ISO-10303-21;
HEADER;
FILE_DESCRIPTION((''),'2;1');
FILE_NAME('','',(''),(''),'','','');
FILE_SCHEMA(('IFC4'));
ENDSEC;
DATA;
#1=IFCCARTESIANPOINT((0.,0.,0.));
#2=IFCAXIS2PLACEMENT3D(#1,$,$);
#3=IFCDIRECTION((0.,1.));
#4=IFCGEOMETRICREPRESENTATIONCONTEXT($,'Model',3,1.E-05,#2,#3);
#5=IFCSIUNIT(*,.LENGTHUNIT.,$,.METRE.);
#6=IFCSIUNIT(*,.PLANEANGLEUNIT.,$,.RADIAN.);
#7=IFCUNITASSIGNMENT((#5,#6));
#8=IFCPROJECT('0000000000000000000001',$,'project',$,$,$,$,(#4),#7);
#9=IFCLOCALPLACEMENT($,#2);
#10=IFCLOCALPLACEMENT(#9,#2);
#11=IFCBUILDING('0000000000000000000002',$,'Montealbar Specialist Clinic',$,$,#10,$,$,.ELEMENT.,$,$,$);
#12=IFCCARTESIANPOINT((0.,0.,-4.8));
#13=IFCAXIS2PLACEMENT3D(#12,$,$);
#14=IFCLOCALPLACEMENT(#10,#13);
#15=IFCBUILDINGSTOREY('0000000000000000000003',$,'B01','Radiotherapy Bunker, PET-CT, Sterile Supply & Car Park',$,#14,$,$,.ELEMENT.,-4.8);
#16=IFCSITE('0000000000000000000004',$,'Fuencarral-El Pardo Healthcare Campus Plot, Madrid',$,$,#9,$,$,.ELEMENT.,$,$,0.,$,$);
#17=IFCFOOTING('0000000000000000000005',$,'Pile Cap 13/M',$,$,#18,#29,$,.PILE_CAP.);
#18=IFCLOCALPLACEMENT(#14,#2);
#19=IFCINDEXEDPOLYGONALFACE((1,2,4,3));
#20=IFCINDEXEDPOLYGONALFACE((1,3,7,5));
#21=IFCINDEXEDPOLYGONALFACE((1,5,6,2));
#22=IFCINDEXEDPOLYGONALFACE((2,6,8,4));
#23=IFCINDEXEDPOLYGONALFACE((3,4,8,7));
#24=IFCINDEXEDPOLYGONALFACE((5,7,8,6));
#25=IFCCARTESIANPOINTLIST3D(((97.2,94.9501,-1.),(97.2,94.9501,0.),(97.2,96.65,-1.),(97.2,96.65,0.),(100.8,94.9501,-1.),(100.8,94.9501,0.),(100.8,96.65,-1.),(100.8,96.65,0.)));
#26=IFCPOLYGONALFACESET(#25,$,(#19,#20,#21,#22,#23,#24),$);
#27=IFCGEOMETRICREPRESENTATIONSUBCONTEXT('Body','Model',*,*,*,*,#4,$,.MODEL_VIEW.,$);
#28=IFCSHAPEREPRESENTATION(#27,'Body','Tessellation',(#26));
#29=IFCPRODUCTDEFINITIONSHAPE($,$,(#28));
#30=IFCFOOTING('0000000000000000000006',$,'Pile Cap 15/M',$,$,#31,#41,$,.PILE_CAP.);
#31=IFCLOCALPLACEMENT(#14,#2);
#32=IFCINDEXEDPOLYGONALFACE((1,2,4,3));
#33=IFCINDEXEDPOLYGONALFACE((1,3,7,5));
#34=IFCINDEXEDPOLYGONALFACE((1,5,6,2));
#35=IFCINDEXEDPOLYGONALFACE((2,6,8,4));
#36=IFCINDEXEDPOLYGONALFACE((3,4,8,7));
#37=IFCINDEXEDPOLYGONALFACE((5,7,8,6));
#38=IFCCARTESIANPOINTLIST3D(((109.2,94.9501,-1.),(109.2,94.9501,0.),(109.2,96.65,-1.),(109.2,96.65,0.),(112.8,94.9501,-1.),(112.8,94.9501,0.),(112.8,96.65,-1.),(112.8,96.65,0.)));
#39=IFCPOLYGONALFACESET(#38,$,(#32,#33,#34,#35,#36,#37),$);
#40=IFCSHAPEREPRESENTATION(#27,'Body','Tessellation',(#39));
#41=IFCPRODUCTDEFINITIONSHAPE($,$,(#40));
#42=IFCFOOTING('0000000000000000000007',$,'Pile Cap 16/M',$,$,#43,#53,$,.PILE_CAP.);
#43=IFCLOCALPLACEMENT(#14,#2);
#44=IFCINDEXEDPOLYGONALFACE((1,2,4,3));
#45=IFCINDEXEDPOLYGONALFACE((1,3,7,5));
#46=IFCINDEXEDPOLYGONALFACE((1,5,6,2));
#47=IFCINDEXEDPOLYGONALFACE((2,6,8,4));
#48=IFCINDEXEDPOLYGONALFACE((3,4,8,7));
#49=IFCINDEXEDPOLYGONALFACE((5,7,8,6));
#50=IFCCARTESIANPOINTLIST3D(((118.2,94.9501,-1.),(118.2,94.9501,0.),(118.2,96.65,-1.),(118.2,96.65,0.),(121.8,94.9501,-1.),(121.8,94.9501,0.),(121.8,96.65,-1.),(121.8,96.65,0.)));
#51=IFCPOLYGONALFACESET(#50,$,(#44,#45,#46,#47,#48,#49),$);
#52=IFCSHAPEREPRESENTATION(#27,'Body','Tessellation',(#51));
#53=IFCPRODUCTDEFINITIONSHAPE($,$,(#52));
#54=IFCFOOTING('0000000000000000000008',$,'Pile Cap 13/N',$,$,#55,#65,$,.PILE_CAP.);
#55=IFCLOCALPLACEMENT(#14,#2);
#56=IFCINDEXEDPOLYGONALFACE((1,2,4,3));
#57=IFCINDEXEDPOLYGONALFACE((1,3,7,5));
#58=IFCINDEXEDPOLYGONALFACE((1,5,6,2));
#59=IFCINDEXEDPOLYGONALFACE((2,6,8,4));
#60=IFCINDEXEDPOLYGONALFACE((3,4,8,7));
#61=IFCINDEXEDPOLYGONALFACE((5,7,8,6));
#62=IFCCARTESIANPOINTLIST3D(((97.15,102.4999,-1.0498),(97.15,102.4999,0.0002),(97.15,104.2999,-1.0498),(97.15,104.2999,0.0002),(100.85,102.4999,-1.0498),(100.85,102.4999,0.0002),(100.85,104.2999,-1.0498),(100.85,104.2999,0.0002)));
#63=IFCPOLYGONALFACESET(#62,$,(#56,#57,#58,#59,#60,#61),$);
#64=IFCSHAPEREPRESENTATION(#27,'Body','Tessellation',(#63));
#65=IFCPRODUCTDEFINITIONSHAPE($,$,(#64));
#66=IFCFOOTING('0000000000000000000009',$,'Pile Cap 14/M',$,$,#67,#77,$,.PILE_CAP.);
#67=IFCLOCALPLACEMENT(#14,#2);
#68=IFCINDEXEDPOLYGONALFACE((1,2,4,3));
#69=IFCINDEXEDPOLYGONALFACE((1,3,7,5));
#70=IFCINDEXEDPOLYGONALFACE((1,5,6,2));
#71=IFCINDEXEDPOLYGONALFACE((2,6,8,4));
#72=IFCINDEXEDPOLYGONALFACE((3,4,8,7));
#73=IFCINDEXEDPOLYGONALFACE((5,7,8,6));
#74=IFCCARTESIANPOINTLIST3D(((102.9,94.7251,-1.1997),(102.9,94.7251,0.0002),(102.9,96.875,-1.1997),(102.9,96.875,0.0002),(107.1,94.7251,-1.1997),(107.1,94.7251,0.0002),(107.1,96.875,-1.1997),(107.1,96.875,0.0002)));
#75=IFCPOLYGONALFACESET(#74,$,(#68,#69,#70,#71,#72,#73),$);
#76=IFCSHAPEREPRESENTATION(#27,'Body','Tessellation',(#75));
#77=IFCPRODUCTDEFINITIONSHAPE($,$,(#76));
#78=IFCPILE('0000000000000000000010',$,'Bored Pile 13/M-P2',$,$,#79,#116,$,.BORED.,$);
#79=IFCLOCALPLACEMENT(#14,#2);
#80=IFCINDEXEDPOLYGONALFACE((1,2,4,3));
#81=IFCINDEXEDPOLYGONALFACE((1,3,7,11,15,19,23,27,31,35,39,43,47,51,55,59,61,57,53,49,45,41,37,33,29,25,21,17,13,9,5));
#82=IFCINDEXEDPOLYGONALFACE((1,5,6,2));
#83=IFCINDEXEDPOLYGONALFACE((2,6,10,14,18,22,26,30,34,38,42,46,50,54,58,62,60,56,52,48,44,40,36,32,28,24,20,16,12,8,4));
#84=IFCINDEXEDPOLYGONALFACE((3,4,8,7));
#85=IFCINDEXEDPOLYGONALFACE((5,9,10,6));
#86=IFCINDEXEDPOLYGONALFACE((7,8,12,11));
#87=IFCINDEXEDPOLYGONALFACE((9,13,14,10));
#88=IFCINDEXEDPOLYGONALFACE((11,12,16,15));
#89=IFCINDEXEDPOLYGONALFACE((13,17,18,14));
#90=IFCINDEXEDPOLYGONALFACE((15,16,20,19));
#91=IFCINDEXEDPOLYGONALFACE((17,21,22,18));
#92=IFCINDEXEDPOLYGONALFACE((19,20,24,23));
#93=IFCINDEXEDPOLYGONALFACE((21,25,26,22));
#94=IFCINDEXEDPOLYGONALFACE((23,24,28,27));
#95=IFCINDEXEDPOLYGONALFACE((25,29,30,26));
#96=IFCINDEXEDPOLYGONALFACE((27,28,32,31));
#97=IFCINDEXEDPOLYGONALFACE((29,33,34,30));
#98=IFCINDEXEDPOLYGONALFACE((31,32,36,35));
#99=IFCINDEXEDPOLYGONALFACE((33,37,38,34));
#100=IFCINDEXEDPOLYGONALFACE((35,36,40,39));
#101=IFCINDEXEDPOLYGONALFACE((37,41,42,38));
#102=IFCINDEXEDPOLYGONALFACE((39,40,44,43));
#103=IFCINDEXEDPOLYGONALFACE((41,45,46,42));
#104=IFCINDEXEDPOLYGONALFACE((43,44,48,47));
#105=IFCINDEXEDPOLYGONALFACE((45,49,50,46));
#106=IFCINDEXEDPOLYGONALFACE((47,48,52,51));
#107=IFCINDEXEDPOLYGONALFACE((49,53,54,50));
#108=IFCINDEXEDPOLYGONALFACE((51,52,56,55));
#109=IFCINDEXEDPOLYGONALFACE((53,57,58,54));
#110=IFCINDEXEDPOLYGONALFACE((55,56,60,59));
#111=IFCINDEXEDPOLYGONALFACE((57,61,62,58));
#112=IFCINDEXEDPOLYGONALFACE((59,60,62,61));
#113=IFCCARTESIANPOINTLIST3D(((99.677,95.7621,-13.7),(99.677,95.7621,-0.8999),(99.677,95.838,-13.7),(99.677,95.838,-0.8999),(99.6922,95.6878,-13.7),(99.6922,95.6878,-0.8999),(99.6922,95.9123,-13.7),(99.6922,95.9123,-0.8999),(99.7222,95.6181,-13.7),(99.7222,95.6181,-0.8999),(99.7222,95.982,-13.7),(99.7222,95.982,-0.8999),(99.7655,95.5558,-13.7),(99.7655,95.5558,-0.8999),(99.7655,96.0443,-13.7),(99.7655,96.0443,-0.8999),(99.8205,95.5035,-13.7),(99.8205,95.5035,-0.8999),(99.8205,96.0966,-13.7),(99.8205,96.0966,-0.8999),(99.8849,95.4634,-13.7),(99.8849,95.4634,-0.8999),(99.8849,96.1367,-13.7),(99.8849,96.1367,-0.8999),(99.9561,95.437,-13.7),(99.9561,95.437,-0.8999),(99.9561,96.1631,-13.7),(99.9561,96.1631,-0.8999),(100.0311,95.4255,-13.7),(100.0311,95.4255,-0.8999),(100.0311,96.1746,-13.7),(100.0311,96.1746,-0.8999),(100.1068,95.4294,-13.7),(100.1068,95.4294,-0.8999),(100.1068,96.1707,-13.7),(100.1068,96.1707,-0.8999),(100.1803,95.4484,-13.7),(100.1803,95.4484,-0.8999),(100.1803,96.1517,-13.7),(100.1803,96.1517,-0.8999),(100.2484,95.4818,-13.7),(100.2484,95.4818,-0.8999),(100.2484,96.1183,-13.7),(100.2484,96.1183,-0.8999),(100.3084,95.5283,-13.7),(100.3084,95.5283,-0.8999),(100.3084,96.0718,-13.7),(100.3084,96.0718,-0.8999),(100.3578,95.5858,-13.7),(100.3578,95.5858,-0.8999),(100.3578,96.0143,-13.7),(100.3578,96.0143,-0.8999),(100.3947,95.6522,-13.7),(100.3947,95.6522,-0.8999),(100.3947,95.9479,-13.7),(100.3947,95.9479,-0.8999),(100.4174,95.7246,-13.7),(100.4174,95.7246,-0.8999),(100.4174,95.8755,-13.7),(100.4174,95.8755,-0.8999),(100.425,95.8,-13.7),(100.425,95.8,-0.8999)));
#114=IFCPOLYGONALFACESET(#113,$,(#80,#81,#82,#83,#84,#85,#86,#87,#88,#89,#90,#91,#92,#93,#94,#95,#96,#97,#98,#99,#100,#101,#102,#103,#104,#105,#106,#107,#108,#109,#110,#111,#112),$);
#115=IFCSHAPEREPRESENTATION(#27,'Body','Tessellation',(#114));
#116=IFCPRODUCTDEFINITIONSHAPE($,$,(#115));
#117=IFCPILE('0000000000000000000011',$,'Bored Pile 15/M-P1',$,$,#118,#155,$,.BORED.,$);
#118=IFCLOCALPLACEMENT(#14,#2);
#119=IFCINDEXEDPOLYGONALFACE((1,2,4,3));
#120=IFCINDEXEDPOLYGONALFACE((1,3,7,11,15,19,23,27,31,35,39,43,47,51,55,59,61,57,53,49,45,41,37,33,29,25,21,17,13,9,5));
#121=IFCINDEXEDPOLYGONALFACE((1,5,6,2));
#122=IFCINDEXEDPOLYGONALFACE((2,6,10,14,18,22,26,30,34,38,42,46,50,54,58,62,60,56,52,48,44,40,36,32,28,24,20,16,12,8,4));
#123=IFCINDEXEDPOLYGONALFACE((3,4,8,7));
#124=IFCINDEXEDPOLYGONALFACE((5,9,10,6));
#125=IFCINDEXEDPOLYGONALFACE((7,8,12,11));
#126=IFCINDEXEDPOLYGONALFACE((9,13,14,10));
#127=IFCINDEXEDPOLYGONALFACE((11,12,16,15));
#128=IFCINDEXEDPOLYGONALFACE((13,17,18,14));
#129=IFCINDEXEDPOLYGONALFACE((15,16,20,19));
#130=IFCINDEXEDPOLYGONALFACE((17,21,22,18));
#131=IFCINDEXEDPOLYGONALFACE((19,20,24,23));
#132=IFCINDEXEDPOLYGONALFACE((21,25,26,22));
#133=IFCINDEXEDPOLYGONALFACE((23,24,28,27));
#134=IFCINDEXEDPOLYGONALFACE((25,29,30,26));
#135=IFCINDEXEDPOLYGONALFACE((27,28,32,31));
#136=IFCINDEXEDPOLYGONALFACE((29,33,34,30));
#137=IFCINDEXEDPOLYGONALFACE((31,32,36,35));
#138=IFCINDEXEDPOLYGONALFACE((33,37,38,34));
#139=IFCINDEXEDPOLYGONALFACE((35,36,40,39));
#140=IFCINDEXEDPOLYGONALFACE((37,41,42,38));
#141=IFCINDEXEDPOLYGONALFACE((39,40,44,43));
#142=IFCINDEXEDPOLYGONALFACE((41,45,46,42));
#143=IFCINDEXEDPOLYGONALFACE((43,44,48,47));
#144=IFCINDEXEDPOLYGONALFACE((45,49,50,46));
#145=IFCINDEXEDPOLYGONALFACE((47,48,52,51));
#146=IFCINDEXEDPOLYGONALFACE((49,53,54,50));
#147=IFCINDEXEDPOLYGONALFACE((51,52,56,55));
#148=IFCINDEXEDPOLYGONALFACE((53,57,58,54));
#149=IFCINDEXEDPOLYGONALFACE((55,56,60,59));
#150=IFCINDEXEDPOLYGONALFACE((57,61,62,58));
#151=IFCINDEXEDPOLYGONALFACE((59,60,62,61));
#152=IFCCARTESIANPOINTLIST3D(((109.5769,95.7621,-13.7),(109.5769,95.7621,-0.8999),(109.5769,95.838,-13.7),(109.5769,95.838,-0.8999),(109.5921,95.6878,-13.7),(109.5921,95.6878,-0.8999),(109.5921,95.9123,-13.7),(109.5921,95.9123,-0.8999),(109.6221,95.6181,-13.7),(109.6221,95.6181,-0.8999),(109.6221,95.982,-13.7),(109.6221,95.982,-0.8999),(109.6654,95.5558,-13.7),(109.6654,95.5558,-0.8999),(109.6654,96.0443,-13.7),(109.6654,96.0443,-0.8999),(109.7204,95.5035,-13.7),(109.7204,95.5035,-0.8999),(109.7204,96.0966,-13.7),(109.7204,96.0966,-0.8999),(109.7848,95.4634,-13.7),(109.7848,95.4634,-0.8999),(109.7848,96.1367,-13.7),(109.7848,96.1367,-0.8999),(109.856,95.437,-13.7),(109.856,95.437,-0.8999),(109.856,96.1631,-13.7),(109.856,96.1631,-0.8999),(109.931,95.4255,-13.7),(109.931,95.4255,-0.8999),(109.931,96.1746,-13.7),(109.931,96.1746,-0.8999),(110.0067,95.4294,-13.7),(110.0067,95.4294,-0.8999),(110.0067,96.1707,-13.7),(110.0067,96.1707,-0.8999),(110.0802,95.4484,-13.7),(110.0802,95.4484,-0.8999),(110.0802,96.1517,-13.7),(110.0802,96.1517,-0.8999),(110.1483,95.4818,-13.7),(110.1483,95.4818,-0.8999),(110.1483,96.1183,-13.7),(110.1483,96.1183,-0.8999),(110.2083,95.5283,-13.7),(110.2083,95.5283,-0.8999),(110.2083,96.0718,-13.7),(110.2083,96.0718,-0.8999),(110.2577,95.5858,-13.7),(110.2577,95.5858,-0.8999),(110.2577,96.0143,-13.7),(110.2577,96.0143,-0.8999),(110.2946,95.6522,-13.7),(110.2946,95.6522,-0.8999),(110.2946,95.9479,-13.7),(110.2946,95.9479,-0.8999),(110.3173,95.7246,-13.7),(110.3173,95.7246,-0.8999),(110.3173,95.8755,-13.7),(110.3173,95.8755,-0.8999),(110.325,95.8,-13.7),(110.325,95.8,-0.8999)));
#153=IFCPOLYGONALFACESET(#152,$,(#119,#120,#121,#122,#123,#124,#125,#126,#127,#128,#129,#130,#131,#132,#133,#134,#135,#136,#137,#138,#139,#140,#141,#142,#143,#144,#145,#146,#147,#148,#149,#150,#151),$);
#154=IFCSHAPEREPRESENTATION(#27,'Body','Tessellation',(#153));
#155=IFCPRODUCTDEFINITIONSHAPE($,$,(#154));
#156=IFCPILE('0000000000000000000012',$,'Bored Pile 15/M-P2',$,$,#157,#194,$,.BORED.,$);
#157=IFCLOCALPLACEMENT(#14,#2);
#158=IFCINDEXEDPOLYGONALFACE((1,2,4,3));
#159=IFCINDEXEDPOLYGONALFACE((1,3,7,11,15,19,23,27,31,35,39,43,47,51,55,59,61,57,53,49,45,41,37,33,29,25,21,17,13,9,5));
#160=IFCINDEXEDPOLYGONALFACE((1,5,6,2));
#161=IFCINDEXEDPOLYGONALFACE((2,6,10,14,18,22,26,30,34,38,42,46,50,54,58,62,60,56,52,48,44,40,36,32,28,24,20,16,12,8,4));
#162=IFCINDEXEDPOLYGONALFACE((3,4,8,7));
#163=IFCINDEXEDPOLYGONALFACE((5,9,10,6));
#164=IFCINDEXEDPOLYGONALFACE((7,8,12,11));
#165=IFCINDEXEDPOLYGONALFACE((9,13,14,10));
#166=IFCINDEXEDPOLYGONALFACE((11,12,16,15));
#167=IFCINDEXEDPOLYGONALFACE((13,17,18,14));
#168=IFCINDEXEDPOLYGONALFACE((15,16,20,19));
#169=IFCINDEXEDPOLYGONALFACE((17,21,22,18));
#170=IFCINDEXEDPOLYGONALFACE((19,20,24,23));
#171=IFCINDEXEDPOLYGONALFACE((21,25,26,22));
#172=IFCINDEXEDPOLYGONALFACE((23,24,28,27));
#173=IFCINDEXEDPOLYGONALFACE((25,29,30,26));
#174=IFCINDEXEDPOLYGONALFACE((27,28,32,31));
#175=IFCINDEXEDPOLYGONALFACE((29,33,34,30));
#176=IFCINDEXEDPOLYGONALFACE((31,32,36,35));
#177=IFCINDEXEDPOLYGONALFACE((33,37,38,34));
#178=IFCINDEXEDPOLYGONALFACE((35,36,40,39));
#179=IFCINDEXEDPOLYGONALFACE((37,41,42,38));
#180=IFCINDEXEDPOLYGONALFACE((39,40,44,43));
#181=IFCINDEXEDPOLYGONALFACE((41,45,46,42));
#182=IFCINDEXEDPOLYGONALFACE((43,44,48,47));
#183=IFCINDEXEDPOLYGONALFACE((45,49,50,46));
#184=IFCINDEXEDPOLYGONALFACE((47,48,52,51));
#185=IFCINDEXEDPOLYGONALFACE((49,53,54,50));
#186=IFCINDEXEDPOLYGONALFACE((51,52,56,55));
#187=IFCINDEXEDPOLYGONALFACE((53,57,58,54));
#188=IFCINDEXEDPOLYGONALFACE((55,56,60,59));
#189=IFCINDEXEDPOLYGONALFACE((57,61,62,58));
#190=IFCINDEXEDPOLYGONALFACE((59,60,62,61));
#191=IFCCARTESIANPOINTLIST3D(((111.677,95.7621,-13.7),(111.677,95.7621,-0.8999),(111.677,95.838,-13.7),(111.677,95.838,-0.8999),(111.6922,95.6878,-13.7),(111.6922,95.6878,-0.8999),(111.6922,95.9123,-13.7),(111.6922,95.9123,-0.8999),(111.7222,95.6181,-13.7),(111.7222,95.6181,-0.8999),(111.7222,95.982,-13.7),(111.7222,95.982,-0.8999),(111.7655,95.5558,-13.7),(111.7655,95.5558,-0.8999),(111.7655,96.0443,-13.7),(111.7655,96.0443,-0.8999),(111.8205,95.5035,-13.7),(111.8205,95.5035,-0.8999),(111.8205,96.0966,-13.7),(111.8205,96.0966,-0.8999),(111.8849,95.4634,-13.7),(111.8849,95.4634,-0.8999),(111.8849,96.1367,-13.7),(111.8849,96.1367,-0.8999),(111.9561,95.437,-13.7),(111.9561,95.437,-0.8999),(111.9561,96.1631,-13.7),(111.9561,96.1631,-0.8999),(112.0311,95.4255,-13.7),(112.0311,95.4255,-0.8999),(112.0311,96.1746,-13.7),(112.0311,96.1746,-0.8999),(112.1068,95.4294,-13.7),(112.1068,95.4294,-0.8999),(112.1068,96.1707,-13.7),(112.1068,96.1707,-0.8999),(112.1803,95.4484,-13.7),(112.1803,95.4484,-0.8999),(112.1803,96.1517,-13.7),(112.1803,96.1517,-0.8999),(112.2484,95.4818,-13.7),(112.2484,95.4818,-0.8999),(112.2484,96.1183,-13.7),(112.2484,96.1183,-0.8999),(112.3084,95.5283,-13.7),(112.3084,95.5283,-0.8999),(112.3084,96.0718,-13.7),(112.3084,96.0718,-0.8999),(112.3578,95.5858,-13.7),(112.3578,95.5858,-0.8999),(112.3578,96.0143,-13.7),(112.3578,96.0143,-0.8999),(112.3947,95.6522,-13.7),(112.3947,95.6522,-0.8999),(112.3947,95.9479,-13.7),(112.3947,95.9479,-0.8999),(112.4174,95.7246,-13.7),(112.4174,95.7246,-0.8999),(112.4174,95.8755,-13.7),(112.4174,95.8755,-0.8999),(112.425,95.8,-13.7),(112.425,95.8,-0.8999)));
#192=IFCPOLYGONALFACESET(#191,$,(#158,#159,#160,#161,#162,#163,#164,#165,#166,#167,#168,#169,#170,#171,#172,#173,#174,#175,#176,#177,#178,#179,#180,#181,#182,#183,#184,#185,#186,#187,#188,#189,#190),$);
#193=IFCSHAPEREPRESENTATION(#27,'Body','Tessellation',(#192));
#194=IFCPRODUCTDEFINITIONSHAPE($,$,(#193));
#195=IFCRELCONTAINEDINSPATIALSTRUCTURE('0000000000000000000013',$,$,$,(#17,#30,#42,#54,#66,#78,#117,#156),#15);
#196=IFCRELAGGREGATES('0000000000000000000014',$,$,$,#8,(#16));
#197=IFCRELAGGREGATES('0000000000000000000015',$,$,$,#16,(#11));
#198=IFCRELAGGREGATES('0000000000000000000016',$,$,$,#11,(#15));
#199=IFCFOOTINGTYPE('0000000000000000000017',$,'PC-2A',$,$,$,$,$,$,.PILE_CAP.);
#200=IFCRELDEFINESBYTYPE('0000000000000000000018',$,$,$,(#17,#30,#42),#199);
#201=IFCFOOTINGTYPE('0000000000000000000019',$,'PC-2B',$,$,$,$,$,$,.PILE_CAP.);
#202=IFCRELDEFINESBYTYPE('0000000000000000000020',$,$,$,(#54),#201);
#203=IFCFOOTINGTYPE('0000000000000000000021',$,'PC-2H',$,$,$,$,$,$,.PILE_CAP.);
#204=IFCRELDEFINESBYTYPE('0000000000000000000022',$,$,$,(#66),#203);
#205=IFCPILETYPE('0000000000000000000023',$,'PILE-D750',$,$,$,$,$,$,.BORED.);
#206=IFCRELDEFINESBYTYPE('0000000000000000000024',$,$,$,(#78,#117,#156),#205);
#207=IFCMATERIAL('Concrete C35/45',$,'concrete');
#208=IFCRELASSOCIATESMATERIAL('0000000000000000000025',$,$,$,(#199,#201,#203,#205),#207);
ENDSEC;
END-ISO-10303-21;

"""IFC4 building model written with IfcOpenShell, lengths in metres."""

from ifc_helpers import new_model, si_unit, direction, frame, origin, origin_2d, place, context, subcontext, project, spatial, rectangle, circle, extrude, material, material_profile, profile_set, type_object, element, save


model = new_model("IFC4")

# Units and contexts
model_context = context("Model", 3, precision=1e-05, world=origin(), true_north=direction((0.0, 1.0)))
body_context = subcontext(model_context, "Body", "Model", "MODEL_VIEW")
ifc_project = project(units=[si_unit("LENGTHUNIT", "METRE"), si_unit("PLANEANGLEUNIT", "RADIAN")], contexts=[model_context])

# Site, building, storey
site_placement = place(None, origin())
site = spatial("IfcSite", under=ifc_project, at=site_placement, Name="Fuencarral-El Pardo Healthcare Campus Plot, Madrid", CompositionType="ELEMENT", RefElevation=0.0)
building_placement = place(site_placement, origin())
building = spatial("IfcBuilding", under=site, at=building_placement, Name="Montealbar Specialist Clinic", CompositionType="ELEMENT")
storey_placement = place(building_placement, frame((0.0, 0.0, -4.8)))
storey = spatial("IfcBuildingStorey", under=building, at=storey_placement, Name="B01", Description="Radiotherapy Bunker, PET-CT, Sterile Supply & Car Park", CompositionType="ELEMENT", Elevation=-4.8)

# Footings
ifc_material_1 = material(Name="Concrete C35/45", Category="concrete")
footing_type_1 = type_object("IfcFootingType", Name="PC-2A", PredefinedType="PILE_CAP", material=ifc_material_1)
for number, where, z_axis, x_axis, name in (
    (1, (99.0, 95.8, -1.0), (0.0, 0.0, 1.0), (1.0, 0.0, 0.0), "Pile Cap 13/M"),
    (2, (111.0, 95.8, -1.0), (0.0, 0.0, 1.0), (1.0, 0.0, 0.0), "Pile Cap 15/M"),
    (3, (120.0, 95.8, -1.0), (0.0, 0.0, 1.0), (1.0, 0.0, 0.0), "Pile Cap 16/M"),
):
    element("IfcFooting", number, at=place(storey_placement, frame(where, z_axis=z_axis, x_axis=x_axis)), inside=storey, type_object=footing_type_1, Name=name, PredefinedType="PILE_CAP", context=body_context, shape_type="SweptSolid", body=[
        extrude(rectangle(XDim=3.6001, YDim=1.7, at=origin_2d()), origin(), (0.0, 0.0, 1.0), 1.0),
    ])
footing_type_2 = type_object("IfcFootingType", Name="PC-2B", PredefinedType="PILE_CAP", material=ifc_material_1)
footing_1_placement = place(storey_placement, frame((99.0, 103.3999, -1.0498), z_axis=(0.0, 0.0, 1.0), x_axis=(1.0, 0.0, 0.0)))
element("IfcFooting", 4, at=footing_1_placement, inside=storey, type_object=footing_type_2, Name="Pile Cap 13/N", PredefinedType="PILE_CAP", context=body_context, shape_type="SweptSolid", body=[
    extrude(rectangle(XDim=3.7, YDim=1.8, at=origin_2d()), origin(), (0.0, 0.0, 1.0), 1.05),
])
footing_type_3 = type_object("IfcFootingType", Name="PC-2H", PredefinedType="PILE_CAP", material=ifc_material_1)
footing_2_placement = place(storey_placement, frame((105.0, 95.8, -1.1997), z_axis=(0.0, 0.0, 1.0), x_axis=(1.0, 0.0, 0.0)))
element("IfcFooting", 5, at=footing_2_placement, inside=storey, type_object=footing_type_3, Name="Pile Cap 14/M", PredefinedType="PILE_CAP", context=body_context, shape_type="SweptSolid", body=[
    extrude(rectangle(XDim=4.2, YDim=2.1499, at=origin_2d()), origin(), (0.0, 0.0, 1.0), 1.2),
])

# Piles
ifc_material_profile_1 = material_profile(ifc_material_1, circle(Radius=0.375, at=origin_2d()), Name="PILE D750", Category="concrete")
ifc_profile_set_1 = profile_set([ifc_material_profile_1], Name="Concrete C35/45")
pile_type_1 = type_object("IfcPileType", Name="PILE-D750", PredefinedType="BORED", material=ifc_profile_set_1)
for number, where, z_axis, x_axis, name in (
    (6, (100.05, 95.8, -0.8999), (0.0, 0.0, -1.0), (1.0, 0.0, 0.0), "Bored Pile 13/M-P2"),
    (7, (109.95, 95.8, -0.8999), (0.0, 0.0, -1.0), (1.0, 0.0, 0.0), "Bored Pile 15/M-P1"),
    (8, (112.05, 95.8, -0.8999), (0.0, 0.0, -1.0), (1.0, 0.0, 0.0), "Bored Pile 15/M-P2"),
):
    element("IfcPile", number, at=place(storey_placement, frame(where, z_axis=z_axis, x_axis=x_axis)), inside=storey, type_object=pile_type_1, Name=name, PredefinedType="BORED", context=body_context, shape_type="SweptSolid", body=[
        extrude(circle(Radius=0.375, at=origin_2d()), origin(), (0.0, 0.0, 1.0), 12.8),
    ])

save(model, "model.ifc")
